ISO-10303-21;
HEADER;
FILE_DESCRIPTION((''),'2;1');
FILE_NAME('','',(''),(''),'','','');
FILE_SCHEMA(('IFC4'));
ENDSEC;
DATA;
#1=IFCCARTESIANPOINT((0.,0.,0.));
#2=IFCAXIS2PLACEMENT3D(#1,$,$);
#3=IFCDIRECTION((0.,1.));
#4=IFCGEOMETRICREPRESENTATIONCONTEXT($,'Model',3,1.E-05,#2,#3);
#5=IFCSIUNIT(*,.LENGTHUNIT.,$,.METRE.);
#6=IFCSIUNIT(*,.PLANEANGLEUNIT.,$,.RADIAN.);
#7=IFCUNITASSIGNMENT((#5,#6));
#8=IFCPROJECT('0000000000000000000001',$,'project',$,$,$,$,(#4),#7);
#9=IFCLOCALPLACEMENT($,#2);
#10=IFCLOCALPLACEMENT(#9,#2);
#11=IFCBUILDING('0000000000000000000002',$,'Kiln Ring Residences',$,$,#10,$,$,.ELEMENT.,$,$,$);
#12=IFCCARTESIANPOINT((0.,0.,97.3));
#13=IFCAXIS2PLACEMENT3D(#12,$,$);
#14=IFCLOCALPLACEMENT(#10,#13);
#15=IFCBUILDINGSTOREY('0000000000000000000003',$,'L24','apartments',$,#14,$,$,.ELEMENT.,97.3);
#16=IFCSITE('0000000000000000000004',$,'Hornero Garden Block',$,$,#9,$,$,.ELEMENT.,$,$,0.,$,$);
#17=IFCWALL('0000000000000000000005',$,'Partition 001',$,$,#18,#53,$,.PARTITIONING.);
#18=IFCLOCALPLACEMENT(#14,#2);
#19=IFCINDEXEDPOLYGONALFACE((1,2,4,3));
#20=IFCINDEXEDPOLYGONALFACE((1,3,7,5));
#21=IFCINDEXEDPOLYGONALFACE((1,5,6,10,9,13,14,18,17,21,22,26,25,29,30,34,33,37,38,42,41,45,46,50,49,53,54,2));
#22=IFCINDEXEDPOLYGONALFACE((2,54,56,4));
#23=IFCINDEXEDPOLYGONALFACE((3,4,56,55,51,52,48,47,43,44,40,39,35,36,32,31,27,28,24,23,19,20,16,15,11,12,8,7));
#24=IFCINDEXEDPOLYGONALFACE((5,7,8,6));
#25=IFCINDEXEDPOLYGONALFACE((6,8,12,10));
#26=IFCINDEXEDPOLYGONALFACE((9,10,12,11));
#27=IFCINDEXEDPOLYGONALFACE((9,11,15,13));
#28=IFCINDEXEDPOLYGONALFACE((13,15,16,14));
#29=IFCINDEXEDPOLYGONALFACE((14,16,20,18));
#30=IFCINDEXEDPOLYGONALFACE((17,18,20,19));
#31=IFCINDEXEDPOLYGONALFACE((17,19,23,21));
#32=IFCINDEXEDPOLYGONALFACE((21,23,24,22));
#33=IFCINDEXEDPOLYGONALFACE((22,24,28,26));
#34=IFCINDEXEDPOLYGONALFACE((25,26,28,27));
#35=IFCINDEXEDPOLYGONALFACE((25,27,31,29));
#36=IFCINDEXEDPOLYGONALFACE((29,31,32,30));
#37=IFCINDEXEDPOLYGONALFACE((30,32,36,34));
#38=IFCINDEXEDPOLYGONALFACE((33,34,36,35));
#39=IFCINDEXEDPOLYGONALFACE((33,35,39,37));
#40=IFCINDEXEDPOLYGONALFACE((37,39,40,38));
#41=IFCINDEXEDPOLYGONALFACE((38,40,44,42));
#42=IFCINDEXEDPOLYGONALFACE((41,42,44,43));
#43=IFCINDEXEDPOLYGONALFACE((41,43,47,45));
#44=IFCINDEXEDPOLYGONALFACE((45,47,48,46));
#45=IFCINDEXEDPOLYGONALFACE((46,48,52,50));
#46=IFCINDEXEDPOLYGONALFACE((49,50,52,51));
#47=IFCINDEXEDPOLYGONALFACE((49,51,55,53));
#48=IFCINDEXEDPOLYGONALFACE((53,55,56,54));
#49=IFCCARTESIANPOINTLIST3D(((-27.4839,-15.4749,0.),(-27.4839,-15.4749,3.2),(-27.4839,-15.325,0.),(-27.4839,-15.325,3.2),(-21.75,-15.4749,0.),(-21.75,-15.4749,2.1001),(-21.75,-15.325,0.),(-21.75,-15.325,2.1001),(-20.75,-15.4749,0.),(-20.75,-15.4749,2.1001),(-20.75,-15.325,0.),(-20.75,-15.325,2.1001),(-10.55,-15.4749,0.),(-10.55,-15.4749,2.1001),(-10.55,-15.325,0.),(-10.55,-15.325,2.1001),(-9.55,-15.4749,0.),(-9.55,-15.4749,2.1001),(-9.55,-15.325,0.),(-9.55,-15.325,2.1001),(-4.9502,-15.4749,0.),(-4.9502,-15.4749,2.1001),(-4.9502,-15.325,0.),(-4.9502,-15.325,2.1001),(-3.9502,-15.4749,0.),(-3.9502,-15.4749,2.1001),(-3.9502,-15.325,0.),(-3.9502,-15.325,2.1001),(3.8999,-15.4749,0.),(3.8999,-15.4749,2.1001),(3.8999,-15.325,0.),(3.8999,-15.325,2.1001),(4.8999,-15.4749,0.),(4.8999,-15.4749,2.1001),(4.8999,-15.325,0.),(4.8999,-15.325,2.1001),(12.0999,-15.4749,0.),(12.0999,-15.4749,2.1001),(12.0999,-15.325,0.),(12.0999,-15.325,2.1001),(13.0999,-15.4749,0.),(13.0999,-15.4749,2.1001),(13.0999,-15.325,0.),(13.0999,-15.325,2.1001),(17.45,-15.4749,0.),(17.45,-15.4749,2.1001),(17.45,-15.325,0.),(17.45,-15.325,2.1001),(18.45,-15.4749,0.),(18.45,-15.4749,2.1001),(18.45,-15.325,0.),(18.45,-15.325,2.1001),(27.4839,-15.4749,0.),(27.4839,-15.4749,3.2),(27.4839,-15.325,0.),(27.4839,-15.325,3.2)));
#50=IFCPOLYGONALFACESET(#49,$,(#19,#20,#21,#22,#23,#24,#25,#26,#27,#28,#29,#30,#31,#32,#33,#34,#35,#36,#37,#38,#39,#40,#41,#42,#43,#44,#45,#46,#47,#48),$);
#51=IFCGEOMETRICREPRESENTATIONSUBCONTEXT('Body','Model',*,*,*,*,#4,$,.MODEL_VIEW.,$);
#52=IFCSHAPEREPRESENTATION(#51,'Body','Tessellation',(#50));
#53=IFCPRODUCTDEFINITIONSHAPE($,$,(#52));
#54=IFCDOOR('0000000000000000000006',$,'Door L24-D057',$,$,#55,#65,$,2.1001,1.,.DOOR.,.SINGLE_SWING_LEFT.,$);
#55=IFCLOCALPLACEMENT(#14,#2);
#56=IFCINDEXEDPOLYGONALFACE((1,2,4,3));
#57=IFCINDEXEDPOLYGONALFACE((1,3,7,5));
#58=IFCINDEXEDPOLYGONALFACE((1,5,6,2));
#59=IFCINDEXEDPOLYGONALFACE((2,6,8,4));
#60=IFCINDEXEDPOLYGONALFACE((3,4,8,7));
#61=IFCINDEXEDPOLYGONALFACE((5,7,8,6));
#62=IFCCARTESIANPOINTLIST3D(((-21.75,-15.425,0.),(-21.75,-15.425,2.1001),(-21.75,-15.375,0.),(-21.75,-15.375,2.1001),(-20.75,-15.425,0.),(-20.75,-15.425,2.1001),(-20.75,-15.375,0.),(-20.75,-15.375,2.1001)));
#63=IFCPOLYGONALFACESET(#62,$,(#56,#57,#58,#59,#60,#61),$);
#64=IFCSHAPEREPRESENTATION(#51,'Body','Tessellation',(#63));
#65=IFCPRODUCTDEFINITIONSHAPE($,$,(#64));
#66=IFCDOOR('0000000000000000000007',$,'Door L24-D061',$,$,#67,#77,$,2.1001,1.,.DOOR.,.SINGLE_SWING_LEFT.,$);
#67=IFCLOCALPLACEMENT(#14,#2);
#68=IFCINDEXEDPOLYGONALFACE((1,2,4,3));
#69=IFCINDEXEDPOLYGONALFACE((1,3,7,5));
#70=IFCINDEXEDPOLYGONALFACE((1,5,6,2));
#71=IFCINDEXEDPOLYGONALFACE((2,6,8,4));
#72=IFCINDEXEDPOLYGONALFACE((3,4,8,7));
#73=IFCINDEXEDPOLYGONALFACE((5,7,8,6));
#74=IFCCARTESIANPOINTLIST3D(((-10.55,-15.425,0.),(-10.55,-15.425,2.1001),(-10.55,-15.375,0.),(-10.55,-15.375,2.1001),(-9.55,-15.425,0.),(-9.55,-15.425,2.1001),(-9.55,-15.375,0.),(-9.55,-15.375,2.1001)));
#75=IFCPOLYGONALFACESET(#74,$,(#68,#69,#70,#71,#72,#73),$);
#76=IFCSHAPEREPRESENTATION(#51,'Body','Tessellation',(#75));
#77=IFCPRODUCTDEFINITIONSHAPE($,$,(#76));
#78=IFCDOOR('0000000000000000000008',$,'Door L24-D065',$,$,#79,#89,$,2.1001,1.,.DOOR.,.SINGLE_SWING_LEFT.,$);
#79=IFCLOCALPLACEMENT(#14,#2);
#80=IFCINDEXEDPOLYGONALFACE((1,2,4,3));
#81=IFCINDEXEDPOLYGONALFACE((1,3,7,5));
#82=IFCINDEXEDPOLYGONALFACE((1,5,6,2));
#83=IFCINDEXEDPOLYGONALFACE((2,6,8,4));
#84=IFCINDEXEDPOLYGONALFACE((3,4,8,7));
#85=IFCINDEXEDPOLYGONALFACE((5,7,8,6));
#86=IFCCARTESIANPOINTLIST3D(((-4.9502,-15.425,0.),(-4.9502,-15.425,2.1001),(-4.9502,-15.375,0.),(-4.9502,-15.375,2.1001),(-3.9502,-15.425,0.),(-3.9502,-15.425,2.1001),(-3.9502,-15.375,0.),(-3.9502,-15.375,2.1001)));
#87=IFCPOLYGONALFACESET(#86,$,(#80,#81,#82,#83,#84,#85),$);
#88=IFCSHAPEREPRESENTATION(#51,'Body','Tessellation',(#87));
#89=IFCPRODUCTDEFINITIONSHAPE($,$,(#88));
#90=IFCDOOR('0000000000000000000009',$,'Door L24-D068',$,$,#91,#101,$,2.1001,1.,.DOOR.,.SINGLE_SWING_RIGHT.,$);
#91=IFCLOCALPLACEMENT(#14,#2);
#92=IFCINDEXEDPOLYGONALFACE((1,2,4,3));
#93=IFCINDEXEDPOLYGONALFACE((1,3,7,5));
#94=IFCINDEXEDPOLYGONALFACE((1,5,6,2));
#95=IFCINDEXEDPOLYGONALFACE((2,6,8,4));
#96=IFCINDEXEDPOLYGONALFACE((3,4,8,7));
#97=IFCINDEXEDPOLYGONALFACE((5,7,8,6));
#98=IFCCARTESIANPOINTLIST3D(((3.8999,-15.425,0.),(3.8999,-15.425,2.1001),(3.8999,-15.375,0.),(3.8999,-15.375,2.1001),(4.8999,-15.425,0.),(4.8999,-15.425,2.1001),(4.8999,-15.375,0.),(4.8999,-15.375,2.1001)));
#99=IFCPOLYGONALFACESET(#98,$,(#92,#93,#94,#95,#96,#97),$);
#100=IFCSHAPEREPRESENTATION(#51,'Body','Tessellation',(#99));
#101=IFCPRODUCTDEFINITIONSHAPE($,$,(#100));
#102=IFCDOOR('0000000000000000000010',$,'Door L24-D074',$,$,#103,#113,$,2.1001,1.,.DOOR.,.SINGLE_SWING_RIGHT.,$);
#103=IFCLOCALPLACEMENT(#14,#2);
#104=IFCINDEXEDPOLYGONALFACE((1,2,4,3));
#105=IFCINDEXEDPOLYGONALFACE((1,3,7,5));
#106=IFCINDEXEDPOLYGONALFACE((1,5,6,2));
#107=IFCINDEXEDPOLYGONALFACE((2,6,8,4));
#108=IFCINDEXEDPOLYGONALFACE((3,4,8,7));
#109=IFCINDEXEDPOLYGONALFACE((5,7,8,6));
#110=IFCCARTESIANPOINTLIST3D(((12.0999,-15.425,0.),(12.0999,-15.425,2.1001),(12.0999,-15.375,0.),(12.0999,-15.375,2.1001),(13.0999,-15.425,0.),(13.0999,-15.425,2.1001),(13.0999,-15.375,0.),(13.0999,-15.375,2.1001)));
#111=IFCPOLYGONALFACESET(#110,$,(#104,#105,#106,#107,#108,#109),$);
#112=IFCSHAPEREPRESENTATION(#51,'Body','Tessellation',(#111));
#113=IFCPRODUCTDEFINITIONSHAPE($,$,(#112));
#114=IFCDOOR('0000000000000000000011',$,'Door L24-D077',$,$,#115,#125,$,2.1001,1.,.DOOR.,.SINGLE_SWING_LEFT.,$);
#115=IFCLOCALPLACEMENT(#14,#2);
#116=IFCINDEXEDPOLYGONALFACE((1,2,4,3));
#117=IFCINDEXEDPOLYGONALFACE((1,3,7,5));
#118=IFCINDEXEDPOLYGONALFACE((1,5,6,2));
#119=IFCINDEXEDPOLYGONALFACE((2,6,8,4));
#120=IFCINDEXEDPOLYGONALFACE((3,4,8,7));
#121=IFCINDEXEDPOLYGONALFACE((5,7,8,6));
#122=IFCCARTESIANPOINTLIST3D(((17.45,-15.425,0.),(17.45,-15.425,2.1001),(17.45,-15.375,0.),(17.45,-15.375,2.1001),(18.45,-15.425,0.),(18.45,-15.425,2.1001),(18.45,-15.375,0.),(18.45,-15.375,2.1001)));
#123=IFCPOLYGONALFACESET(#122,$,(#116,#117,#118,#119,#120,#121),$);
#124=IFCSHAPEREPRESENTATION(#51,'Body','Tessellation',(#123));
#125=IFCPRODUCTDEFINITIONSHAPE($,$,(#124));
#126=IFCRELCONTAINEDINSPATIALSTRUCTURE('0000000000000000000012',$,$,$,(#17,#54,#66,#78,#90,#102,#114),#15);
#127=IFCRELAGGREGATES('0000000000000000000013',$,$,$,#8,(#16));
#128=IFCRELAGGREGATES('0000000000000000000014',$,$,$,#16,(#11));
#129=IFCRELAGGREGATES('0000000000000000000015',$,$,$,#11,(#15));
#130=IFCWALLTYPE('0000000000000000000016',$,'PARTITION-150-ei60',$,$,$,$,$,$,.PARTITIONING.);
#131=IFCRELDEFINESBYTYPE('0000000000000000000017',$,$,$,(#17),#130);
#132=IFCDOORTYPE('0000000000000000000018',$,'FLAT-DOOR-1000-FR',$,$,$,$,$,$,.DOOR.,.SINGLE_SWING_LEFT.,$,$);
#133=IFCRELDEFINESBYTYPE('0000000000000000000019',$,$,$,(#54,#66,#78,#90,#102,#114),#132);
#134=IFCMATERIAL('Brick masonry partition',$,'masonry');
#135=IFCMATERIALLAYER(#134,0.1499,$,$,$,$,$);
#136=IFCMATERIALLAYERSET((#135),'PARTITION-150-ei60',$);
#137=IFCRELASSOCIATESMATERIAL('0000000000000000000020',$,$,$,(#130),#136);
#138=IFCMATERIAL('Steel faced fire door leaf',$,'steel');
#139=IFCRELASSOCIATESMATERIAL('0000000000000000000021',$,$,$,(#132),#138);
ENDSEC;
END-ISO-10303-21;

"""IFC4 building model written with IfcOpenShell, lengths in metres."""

from ifc_helpers import new_model, si_unit, direction, frame, frame_2d, origin, place, context, subcontext, project, spatial, rectangle, extrude, material, layer, layer_set, type_object, element, fill, save


model = new_model("IFC4")

# Units and contexts
model_context = context("Model", 3, precision=1e-05, world=origin(), true_north=direction((0.0, 1.0)))
body_context = subcontext(model_context, "Body", "Model", "MODEL_VIEW")
ifc_project = project(units=[si_unit("LENGTHUNIT", "METRE"), si_unit("PLANEANGLEUNIT", "RADIAN")], contexts=[model_context])

# Site, building, storey
site_placement = place(None, origin())
site = spatial("IfcSite", under=ifc_project, at=site_placement, Name="Hornero Garden Block", CompositionType="ELEMENT", RefElevation=0.0)
building_placement = place(site_placement, origin())
building = spatial("IfcBuilding", under=site, at=building_placement, Name="Kiln Ring Residences", CompositionType="ELEMENT")
storey_placement = place(building_placement, frame((0.0, 0.0, 97.3)))
storey = spatial("IfcBuildingStorey", under=building, at=storey_placement, Name="L24", Description="apartments", CompositionType="ELEMENT", Elevation=97.3)

# Wall, openings, doors
ifc_material_1 = material(Name="Brick masonry partition", Category="masonry")
ifc_layer_1 = layer(ifc_material_1, 0.1499)
ifc_layer_set_1 = layer_set([ifc_layer_1], Name="PARTITION-150-ei60")
wall_type_1 = type_object("IfcWallType", Name="PARTITION-150-ei60", PredefinedType="PARTITIONING", material=ifc_layer_set_1)
wall_1_placement = place(storey_placement, frame((-27.4839, -15.3999, 0.0), z_axis=(0.0, 0.0, 1.0), x_axis=(1.0, 0.0, 0.0)))
wall_1 = element("IfcWall", 1, at=wall_1_placement, inside=storey, type_object=wall_type_1, Name="Partition 001", PredefinedType="PARTITIONING", context=body_context, shape_type="SweptSolid", body=[
    extrude(rectangle(XDim=54.9678, YDim=0.1499, at=frame_2d((27.4839, 0.0))), origin(), (0.0, 0.0, 1.0), 3.2),
])
opening_1_placement = place(wall_1_placement, frame((5.7339, 0.0, 0.0)))
opening_1 = element("IfcOpeningElement", 2, at=opening_1_placement, cuts=wall_1, PredefinedType="OPENING", context=body_context, shape_type="SweptSolid", body=[
    extrude(rectangle(XDim=1.0, YDim=2.1001, at=frame_2d((0.5, 1.05))), frame((0.0, 0.085, 0.0), z_axis=(0.0, -1.0, 0.0), x_axis=(1.0, 0.0, 0.0)), (0.0, 0.0, 1.0), 0.1699),
])
opening_2_placement = place(wall_1_placement, frame((16.9338, 0.0, 0.0)))
opening_2 = element("IfcOpeningElement", 3, at=opening_2_placement, cuts=wall_1, PredefinedType="OPENING", context=body_context, shape_type="SweptSolid", body=[
    extrude(rectangle(XDim=1.0, YDim=2.1001, at=frame_2d((0.5, 1.05))), frame((0.0, 0.085, 0.0), z_axis=(0.0, -1.0, 0.0), x_axis=(1.0, 0.0, 0.0)), (0.0, 0.0, 1.0), 0.1699),
])
opening_3_placement = place(wall_1_placement, frame((22.5337, 0.0, 0.0)))
opening_3 = element("IfcOpeningElement", 4, at=opening_3_placement, cuts=wall_1, PredefinedType="OPENING", context=body_context, shape_type="SweptSolid", body=[
    extrude(rectangle(XDim=1.0, YDim=2.1001, at=frame_2d((0.5, 1.05))), frame((0.0, 0.085, 0.0), z_axis=(0.0, -1.0, 0.0), x_axis=(1.0, 0.0, 0.0)), (0.0, 0.0, 1.0), 0.1699),
])
opening_4_placement = place(wall_1_placement, frame((31.3838, 0.0, 0.0)))
opening_4 = element("IfcOpeningElement", 5, at=opening_4_placement, cuts=wall_1, PredefinedType="OPENING", context=body_context, shape_type="SweptSolid", body=[
    extrude(rectangle(XDim=1.0, YDim=2.1001, at=frame_2d((0.5, 1.05))), frame((0.0, 0.085, 0.0), z_axis=(0.0, -1.0, 0.0), x_axis=(1.0, 0.0, 0.0)), (0.0, 0.0, 1.0), 0.1699),
])
opening_5_placement = place(wall_1_placement, frame((39.5837, 0.0, 0.0)))
opening_5 = element("IfcOpeningElement", 6, at=opening_5_placement, cuts=wall_1, PredefinedType="OPENING", context=body_context, shape_type="SweptSolid", body=[
    extrude(rectangle(XDim=1.0, YDim=2.1001, at=frame_2d((0.5, 1.05))), frame((0.0, 0.085, 0.0), z_axis=(0.0, -1.0, 0.0), x_axis=(1.0, 0.0, 0.0)), (0.0, 0.0, 1.0), 0.1699),
])
opening_6_placement = place(wall_1_placement, frame((44.9338, 0.0, 0.0)))
opening_6 = element("IfcOpeningElement", 7, at=opening_6_placement, cuts=wall_1, PredefinedType="OPENING", context=body_context, shape_type="SweptSolid", body=[
    extrude(rectangle(XDim=1.0, YDim=2.1001, at=frame_2d((0.5, 1.05))), frame((0.0, 0.085, 0.0), z_axis=(0.0, -1.0, 0.0), x_axis=(1.0, 0.0, 0.0)), (0.0, 0.0, 1.0), 0.1699),
])
ifc_material_2 = material(Name="Steel faced fire door leaf", Category="steel")
door_type_1 = type_object("IfcDoorType", Name="FLAT-DOOR-1000-FR", OperationType="SINGLE_SWING_LEFT", PredefinedType="DOOR", material=ifc_material_2)
door_1_placement = place(opening_1_placement, origin())
door_1 = element("IfcDoor", 8, at=door_1_placement, inside=storey, type_object=door_type_1, Name="Door L24-D057", OperationType="SINGLE_SWING_LEFT", OverallHeight=2.1001, OverallWidth=1.0, PredefinedType="DOOR", context=body_context, shape_type="SweptSolid", body=[
    extrude(rectangle(XDim=1.0, YDim=2.1001, at=frame_2d((0.5, 1.05))), frame((0.0, 0.0249, 0.0), z_axis=(0.0, -1.0, 0.0), x_axis=(1.0, 0.0, 0.0)), (0.0, 0.0, 1.0), 0.05),
])
fill(opening_1, door_1)
door_2_placement = place(opening_2_placement, origin())
door_2 = element("IfcDoor", 9, at=door_2_placement, inside=storey, type_object=door_type_1, Name="Door L24-D061", OperationType="SINGLE_SWING_LEFT", OverallHeight=2.1001, OverallWidth=1.0, PredefinedType="DOOR", context=body_context, shape_type="SweptSolid", body=[
    extrude(rectangle(XDim=1.0, YDim=2.1001, at=frame_2d((0.5, 1.05))), frame((0.0, 0.0249, 0.0), z_axis=(0.0, -1.0, 0.0), x_axis=(1.0, 0.0, 0.0)), (0.0, 0.0, 1.0), 0.05),
])
fill(opening_2, door_2)
door_3_placement = place(opening_3_placement, origin())
door_3 = element("IfcDoor", 10, at=door_3_placement, inside=storey, type_object=door_type_1, Name="Door L24-D065", OperationType="SINGLE_SWING_LEFT", OverallHeight=2.1001, OverallWidth=1.0, PredefinedType="DOOR", context=body_context, shape_type="SweptSolid", body=[
    extrude(rectangle(XDim=1.0, YDim=2.1001, at=frame_2d((0.5, 1.05))), frame((0.0, 0.0249, 0.0), z_axis=(0.0, -1.0, 0.0), x_axis=(1.0, 0.0, 0.0)), (0.0, 0.0, 1.0), 0.05),
])
fill(opening_3, door_3)
door_4_placement = place(opening_4_placement, origin())
door_4 = element("IfcDoor", 11, at=door_4_placement, inside=storey, type_object=door_type_1, Name="Door L24-D068", OperationType="SINGLE_SWING_RIGHT", OverallHeight=2.1001, OverallWidth=1.0, PredefinedType="DOOR", context=body_context, shape_type="SweptSolid", body=[
    extrude(rectangle(XDim=1.0, YDim=2.1001, at=frame_2d((0.5, 1.05))), frame((0.0, 0.0249, 0.0), z_axis=(0.0, -1.0, 0.0), x_axis=(1.0, 0.0, 0.0)), (0.0, 0.0, 1.0), 0.05),
])
fill(opening_4, door_4)
door_5_placement = place(opening_5_placement, origin())
door_5 = element("IfcDoor", 12, at=door_5_placement, inside=storey, type_object=door_type_1, Name="Door L24-D074", OperationType="SINGLE_SWING_RIGHT", OverallHeight=2.1001, OverallWidth=1.0, PredefinedType="DOOR", context=body_context, shape_type="SweptSolid", body=[
    extrude(rectangle(XDim=1.0, YDim=2.1001, at=frame_2d((0.5, 1.05))), frame((0.0, 0.0249, 0.0), z_axis=(0.0, -1.0, 0.0), x_axis=(1.0, 0.0, 0.0)), (0.0, 0.0, 1.0), 0.05),
])
fill(opening_5, door_5)
door_6_placement = place(opening_6_placement, origin())
door_6 = element("IfcDoor", 13, at=door_6_placement, inside=storey, type_object=door_type_1, Name="Door L24-D077", OperationType="SINGLE_SWING_LEFT", OverallHeight=2.1001, OverallWidth=1.0, PredefinedType="DOOR", context=body_context, shape_type="SweptSolid", body=[
    extrude(rectangle(XDim=1.0, YDim=2.1001, at=frame_2d((0.5, 1.05))), frame((0.0, 0.0249, 0.0), z_axis=(0.0, -1.0, 0.0), x_axis=(1.0, 0.0, 0.0)), (0.0, 0.0, 1.0), 0.05),
])
fill(opening_6, door_6)

save(model, "model.ifc")
